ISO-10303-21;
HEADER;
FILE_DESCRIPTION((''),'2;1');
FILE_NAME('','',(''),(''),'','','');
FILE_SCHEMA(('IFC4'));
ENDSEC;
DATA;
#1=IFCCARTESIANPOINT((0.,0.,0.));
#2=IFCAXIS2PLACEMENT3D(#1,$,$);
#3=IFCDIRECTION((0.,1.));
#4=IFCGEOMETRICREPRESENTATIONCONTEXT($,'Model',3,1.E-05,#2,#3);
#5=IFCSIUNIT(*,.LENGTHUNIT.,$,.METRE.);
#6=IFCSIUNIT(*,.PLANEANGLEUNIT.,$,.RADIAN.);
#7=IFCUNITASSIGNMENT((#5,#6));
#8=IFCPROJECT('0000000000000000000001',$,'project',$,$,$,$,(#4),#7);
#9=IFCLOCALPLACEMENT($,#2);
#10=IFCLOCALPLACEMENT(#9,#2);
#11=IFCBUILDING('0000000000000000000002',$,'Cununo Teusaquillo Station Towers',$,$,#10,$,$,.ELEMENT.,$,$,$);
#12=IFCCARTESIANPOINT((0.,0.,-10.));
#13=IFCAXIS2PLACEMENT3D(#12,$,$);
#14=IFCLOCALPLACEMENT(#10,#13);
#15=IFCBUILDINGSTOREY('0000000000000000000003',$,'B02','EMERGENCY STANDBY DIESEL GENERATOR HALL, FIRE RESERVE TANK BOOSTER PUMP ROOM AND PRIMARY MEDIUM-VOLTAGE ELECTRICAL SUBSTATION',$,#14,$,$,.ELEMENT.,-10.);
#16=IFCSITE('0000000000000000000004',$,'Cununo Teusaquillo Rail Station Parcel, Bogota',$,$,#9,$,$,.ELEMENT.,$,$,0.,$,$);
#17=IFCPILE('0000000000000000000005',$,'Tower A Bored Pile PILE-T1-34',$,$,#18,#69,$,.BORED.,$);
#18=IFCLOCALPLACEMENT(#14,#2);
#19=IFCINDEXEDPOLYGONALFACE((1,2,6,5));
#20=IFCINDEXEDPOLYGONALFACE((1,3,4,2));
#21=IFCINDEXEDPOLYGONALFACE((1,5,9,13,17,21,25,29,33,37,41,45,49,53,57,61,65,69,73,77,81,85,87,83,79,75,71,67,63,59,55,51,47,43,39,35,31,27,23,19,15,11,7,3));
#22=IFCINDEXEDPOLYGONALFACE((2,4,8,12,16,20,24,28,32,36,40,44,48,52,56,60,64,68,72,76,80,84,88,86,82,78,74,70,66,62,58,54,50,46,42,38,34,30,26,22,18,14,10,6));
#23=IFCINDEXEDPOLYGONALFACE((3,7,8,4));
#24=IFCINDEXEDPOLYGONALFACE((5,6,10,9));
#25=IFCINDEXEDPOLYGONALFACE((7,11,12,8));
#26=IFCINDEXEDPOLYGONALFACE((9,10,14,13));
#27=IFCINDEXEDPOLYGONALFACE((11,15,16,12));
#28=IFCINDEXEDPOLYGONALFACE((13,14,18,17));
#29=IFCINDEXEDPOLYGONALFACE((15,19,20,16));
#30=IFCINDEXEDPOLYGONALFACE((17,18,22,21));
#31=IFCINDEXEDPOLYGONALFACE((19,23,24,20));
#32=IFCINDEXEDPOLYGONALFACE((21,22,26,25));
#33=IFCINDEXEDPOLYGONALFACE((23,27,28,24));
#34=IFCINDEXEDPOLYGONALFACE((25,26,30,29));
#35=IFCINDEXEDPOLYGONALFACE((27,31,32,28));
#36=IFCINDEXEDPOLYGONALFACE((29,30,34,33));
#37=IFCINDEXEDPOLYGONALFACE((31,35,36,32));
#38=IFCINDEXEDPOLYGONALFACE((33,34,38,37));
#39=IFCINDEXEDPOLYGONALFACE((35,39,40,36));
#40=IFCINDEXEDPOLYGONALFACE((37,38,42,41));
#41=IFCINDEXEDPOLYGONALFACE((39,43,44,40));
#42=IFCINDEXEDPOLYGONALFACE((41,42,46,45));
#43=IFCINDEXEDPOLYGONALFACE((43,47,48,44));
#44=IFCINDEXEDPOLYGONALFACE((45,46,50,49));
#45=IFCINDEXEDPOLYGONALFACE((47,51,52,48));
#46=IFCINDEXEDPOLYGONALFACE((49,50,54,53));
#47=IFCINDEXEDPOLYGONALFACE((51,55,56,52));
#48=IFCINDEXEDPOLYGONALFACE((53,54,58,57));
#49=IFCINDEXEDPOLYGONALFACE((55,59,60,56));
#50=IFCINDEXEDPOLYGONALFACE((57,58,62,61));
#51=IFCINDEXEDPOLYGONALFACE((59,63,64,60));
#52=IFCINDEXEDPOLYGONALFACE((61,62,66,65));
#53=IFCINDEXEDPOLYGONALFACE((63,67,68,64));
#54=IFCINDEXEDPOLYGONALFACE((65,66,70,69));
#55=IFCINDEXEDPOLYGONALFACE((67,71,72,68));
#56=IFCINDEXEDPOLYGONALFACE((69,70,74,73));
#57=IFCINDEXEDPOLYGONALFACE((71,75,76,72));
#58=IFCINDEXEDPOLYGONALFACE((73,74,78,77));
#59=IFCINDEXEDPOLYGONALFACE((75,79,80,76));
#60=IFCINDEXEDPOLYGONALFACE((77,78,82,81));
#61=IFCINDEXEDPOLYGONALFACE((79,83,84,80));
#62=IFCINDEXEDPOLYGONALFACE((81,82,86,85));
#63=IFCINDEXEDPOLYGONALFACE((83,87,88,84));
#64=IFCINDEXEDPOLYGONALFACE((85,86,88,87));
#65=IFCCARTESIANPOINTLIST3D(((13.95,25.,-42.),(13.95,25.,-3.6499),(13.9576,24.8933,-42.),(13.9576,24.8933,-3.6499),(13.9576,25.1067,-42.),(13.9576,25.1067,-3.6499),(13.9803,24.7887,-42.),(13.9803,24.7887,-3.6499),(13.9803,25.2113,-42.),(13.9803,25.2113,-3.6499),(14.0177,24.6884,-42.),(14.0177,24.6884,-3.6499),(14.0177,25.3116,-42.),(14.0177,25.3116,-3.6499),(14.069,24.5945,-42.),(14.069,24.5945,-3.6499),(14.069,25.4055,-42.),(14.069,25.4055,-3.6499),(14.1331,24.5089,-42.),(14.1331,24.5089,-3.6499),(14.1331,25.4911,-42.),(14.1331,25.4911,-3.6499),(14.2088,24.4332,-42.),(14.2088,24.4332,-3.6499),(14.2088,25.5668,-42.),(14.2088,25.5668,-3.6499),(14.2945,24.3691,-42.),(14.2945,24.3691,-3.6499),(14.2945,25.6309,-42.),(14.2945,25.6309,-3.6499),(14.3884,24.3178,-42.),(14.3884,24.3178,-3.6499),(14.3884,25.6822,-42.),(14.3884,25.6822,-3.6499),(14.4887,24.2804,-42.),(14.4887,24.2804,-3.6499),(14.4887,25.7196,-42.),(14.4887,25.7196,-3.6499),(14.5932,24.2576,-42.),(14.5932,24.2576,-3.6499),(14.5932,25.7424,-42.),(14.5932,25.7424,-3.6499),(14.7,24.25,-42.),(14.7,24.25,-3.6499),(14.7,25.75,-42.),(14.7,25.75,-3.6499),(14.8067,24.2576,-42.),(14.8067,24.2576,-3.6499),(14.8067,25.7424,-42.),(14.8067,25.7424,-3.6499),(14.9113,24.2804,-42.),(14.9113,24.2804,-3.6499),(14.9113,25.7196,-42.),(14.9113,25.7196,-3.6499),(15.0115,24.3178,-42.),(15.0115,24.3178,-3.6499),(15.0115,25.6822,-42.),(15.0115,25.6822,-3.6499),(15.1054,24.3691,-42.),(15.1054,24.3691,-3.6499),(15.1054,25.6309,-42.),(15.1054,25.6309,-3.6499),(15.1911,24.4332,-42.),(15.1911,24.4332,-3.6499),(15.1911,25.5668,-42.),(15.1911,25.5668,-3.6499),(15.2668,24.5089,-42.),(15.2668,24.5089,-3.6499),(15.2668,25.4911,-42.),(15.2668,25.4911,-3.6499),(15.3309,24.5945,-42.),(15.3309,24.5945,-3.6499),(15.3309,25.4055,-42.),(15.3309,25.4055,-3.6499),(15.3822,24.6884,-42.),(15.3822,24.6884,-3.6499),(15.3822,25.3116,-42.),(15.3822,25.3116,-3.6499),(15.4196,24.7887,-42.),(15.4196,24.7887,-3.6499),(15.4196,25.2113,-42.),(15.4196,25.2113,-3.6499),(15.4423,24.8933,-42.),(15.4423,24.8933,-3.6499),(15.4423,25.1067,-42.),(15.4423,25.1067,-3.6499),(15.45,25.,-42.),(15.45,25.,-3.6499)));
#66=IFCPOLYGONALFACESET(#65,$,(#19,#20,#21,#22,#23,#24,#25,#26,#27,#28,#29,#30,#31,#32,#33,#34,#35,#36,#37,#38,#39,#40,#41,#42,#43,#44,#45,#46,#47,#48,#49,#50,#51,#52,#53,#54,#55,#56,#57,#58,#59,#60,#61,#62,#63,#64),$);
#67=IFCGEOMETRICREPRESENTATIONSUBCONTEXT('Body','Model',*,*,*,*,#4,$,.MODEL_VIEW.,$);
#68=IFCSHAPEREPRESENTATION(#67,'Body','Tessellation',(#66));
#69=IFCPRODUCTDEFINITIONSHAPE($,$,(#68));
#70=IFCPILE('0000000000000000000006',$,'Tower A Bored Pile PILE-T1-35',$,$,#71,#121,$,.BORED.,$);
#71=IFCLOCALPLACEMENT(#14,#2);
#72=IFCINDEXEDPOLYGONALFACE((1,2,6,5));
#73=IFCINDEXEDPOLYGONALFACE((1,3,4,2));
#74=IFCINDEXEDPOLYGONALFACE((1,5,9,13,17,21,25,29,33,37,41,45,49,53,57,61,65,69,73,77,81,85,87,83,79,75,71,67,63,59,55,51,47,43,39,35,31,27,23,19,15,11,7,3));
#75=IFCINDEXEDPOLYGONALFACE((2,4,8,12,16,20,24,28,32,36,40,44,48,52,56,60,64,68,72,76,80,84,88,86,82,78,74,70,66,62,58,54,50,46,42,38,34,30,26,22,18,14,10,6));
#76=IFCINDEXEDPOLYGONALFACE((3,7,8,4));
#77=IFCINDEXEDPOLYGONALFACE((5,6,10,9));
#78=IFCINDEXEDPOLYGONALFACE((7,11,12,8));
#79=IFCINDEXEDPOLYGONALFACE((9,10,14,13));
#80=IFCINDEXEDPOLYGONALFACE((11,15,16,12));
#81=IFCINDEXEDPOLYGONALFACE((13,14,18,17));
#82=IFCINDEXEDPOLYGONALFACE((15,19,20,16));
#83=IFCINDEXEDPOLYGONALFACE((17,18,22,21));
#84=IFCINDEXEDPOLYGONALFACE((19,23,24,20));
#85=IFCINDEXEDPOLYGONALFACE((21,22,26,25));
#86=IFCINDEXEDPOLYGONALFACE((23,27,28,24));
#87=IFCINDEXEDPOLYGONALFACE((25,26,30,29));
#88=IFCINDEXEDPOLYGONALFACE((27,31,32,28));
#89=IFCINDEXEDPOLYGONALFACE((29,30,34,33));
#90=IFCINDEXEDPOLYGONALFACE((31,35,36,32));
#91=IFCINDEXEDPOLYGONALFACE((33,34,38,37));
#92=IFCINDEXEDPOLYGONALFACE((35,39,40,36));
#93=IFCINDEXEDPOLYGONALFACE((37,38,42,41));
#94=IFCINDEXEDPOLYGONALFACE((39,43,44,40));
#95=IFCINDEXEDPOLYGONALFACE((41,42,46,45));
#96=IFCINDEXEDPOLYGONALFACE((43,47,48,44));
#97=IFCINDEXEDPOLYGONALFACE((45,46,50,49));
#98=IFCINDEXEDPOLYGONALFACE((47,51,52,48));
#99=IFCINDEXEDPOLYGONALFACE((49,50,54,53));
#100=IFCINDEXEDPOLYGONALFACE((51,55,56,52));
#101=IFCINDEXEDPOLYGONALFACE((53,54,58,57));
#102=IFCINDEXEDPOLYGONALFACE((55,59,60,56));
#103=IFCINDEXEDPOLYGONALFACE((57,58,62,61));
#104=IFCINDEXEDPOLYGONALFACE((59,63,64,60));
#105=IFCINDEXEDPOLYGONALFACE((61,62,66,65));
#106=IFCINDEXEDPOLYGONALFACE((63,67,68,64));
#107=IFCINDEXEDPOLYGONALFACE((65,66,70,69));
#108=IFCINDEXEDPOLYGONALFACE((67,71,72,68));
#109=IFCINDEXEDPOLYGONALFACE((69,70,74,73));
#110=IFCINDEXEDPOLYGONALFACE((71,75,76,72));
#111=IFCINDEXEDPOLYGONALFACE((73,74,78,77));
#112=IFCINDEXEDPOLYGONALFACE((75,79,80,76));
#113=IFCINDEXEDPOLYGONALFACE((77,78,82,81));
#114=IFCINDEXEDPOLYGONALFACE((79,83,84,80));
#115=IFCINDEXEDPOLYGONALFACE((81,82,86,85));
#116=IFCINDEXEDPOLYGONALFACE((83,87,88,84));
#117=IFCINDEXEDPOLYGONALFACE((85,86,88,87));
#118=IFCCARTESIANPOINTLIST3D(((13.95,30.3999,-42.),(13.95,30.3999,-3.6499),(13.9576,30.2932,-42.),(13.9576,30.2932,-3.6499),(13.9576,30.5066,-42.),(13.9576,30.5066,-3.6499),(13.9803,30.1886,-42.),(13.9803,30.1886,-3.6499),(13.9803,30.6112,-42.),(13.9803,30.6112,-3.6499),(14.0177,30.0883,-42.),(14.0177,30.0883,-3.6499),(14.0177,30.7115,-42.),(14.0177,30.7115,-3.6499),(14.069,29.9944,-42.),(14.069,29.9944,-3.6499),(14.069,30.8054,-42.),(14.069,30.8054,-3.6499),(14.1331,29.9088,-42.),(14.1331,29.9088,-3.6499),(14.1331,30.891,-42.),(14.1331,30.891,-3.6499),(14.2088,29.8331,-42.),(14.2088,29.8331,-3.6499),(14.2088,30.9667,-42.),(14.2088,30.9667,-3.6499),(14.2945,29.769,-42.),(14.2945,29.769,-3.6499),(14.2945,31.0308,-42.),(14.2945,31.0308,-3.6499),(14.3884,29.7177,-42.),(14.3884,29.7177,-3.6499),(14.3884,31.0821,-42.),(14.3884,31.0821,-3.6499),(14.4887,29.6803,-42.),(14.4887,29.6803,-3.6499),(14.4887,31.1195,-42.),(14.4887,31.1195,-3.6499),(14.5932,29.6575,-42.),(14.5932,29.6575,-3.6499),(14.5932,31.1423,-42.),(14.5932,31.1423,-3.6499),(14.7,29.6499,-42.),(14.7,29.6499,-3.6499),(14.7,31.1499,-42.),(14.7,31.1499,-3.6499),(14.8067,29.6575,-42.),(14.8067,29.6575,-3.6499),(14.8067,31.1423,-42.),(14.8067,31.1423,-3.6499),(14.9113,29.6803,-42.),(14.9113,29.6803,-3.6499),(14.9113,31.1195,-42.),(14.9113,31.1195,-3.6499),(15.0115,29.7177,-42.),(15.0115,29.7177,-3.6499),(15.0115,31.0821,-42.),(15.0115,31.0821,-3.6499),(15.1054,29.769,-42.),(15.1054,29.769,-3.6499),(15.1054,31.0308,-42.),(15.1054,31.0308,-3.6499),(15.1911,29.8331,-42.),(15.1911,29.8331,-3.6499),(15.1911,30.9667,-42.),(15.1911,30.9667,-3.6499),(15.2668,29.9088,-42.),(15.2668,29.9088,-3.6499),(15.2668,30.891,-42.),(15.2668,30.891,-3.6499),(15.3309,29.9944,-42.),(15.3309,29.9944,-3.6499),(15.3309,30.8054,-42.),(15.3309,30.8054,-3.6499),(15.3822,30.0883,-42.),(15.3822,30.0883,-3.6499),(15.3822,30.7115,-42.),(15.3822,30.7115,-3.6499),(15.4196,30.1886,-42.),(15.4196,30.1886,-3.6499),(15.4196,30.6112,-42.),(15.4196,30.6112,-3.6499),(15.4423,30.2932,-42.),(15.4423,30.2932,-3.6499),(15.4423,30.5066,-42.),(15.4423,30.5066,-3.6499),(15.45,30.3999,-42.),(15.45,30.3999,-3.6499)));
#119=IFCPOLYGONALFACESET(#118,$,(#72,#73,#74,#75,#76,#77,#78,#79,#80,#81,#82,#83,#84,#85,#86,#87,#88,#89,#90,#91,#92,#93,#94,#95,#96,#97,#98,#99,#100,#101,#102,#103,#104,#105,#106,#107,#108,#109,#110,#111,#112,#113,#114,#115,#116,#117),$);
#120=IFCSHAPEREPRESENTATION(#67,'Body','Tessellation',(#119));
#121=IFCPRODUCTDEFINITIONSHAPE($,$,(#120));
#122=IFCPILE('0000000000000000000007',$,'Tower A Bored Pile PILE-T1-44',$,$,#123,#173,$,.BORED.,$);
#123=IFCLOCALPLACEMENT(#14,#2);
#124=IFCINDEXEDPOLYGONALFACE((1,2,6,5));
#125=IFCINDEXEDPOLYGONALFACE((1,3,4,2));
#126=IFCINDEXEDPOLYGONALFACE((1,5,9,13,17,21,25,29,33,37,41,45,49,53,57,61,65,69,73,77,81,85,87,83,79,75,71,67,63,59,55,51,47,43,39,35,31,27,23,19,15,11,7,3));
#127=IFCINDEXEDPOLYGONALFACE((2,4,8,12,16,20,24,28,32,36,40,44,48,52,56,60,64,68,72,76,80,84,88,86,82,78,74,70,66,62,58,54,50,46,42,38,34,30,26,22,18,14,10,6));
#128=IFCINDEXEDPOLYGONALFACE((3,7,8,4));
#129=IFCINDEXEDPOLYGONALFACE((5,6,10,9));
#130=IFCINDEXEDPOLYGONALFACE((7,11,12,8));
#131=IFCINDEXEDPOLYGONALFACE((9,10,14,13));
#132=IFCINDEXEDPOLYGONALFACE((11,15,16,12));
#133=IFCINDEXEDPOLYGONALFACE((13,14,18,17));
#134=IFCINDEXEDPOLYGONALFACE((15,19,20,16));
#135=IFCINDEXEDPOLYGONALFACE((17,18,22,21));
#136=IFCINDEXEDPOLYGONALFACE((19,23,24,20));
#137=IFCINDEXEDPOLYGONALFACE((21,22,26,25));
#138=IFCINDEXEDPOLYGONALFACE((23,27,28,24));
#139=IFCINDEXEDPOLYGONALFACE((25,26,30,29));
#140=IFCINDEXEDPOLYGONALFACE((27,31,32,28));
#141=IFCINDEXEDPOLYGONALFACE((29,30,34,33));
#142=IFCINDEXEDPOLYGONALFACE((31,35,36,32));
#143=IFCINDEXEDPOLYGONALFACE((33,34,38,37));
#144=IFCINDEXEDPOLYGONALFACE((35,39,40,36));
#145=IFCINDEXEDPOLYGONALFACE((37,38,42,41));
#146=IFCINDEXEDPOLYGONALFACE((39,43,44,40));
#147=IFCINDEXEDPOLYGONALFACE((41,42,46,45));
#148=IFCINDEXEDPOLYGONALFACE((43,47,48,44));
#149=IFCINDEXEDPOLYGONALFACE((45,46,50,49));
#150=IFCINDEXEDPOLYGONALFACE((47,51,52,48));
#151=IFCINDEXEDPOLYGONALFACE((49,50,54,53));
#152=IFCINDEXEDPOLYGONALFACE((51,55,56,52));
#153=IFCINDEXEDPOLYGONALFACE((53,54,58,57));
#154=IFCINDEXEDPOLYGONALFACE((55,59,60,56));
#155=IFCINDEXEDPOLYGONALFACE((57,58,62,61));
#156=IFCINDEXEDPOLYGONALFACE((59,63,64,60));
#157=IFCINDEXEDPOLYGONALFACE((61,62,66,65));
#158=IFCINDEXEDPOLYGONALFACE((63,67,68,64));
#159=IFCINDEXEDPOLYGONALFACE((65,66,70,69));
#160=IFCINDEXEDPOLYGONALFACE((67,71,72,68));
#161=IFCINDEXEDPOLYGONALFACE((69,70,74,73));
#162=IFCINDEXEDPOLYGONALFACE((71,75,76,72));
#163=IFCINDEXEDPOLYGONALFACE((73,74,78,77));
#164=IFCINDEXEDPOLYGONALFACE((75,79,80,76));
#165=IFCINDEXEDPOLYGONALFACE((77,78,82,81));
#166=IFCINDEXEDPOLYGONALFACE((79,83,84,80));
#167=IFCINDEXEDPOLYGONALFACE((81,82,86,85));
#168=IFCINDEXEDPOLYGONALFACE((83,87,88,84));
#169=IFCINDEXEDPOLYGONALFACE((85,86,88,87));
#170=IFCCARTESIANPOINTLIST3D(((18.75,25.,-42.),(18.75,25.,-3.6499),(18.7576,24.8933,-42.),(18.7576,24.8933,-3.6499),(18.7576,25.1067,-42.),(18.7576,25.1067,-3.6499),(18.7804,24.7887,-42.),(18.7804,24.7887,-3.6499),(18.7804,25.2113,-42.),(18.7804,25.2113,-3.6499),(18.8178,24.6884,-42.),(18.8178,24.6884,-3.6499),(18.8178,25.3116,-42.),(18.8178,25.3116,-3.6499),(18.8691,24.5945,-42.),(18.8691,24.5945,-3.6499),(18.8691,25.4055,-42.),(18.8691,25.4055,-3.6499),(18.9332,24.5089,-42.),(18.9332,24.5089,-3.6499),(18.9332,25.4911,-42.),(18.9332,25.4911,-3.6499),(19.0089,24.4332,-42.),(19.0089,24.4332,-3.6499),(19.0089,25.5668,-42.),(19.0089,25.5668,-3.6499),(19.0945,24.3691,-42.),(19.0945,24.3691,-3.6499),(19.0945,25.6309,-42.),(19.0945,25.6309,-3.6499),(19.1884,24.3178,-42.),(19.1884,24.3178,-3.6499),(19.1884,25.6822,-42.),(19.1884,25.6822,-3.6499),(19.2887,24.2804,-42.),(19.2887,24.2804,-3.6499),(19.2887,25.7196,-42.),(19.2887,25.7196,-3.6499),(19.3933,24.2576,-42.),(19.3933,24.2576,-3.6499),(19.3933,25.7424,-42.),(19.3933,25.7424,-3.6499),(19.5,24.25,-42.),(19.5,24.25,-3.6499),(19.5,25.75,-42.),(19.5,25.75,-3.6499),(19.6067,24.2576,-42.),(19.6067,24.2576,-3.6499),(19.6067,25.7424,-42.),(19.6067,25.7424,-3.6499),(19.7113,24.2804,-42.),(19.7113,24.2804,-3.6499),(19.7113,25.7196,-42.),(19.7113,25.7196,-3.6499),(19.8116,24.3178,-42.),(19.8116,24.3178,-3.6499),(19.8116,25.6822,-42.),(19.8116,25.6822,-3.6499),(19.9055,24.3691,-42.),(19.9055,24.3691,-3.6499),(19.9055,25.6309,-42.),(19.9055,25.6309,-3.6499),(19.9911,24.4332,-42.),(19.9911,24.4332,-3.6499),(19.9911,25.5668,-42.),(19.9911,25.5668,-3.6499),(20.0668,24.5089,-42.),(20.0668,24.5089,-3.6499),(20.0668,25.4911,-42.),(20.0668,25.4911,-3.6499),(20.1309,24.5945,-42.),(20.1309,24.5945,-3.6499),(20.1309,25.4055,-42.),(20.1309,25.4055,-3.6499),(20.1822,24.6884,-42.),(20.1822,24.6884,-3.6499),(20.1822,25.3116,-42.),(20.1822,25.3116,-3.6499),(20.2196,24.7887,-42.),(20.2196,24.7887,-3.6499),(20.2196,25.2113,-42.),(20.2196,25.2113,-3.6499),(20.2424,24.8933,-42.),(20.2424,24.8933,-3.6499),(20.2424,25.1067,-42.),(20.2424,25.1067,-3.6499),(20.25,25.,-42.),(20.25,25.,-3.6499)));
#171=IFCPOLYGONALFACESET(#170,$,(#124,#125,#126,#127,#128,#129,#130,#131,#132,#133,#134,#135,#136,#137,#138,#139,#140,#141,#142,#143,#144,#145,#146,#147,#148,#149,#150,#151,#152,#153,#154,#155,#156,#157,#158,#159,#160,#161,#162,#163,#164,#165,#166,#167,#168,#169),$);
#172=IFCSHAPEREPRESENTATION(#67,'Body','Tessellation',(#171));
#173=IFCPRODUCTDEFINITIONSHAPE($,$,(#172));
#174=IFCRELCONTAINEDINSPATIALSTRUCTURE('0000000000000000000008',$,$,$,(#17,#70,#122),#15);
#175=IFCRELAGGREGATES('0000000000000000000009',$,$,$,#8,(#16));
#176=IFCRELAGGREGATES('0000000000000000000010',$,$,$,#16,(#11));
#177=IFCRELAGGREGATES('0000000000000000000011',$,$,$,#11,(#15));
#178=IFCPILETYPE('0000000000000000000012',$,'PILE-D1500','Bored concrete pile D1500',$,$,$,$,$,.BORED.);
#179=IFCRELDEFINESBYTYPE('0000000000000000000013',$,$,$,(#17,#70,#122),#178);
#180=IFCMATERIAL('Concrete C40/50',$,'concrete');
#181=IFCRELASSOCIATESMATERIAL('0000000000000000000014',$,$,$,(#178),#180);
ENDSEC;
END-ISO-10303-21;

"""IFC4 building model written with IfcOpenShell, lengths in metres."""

from ifc_helpers import new_model, si_unit, direction, frame, origin, origin_2d, place, context, subcontext, project, spatial, circle, extrude, material, material_profile, profile_set, type_object, element, save


model = new_model("IFC4")

# Units and contexts
model_context = context("Model", 3, precision=1e-05, world=origin(), true_north=direction((0.0, 1.0)))
body_context = subcontext(model_context, "Body", "Model", "MODEL_VIEW")
ifc_project = project(units=[si_unit("LENGTHUNIT", "METRE"), si_unit("PLANEANGLEUNIT", "RADIAN")], contexts=[model_context])

# Site, building, storey
site_placement = place(None, origin())
site = spatial("IfcSite", under=ifc_project, at=site_placement, Name="Cununo Teusaquillo Rail Station Parcel, Bogota", CompositionType="ELEMENT", RefElevation=0.0)
building_placement = place(site_placement, origin())
building = spatial("IfcBuilding", under=site, at=building_placement, Name="Cununo Teusaquillo Station Towers", CompositionType="ELEMENT")
storey_placement = place(building_placement, frame((0.0, 0.0, -10.0)))
storey = spatial("IfcBuildingStorey", under=building, at=storey_placement, Name="B02", Description="EMERGENCY STANDBY DIESEL GENERATOR HALL, FIRE RESERVE TANK BOOSTER PUMP ROOM AND PRIMARY MEDIUM-VOLTAGE ELECTRICAL SUBSTATION", CompositionType="ELEMENT", Elevation=-10.0)

# Piles
ifc_material_1 = material(Name="Concrete C40/50", Category="concrete")
ifc_material_profile_1 = material_profile(ifc_material_1, circle(Radius=0.75, at=origin_2d()), Name="PILE-BORED-1500")
ifc_profile_set_1 = profile_set([ifc_material_profile_1], Name="Concrete C40/50")
pile_type = type_object("IfcPileType", Name="PILE-D1500", Description="Bored concrete pile D1500", PredefinedType="BORED", material=ifc_profile_set_1)
for number, where, z_axis, x_axis, name in (
    (1, (14.7, 25.0, -3.6499), (0.0, 0.0, -1.0), (1.0, 0.0, 0.0), "Tower A Bored Pile PILE-T1-34"),
    (2, (14.7, 30.3999, -3.6499), (0.0, 0.0, -1.0), (1.0, 0.0, 0.0), "Tower A Bored Pile PILE-T1-35"),
    (3, (19.5, 25.0, -3.6499), (0.0, 0.0, -1.0), (1.0, 0.0, 0.0), "Tower A Bored Pile PILE-T1-44"),
):
    element("IfcPile", number, at=place(storey_placement, frame(where, z_axis=z_axis, x_axis=x_axis)), inside=storey, type_object=pile_type, Name=name, PredefinedType="BORED", context=body_context, shape_type="SweptSolid", body=[
        extrude(circle(Radius=0.75, at=origin_2d()), origin(), (0.0, 0.0, 1.0), 38.3501),
    ])

save(model, "model.ifc")
